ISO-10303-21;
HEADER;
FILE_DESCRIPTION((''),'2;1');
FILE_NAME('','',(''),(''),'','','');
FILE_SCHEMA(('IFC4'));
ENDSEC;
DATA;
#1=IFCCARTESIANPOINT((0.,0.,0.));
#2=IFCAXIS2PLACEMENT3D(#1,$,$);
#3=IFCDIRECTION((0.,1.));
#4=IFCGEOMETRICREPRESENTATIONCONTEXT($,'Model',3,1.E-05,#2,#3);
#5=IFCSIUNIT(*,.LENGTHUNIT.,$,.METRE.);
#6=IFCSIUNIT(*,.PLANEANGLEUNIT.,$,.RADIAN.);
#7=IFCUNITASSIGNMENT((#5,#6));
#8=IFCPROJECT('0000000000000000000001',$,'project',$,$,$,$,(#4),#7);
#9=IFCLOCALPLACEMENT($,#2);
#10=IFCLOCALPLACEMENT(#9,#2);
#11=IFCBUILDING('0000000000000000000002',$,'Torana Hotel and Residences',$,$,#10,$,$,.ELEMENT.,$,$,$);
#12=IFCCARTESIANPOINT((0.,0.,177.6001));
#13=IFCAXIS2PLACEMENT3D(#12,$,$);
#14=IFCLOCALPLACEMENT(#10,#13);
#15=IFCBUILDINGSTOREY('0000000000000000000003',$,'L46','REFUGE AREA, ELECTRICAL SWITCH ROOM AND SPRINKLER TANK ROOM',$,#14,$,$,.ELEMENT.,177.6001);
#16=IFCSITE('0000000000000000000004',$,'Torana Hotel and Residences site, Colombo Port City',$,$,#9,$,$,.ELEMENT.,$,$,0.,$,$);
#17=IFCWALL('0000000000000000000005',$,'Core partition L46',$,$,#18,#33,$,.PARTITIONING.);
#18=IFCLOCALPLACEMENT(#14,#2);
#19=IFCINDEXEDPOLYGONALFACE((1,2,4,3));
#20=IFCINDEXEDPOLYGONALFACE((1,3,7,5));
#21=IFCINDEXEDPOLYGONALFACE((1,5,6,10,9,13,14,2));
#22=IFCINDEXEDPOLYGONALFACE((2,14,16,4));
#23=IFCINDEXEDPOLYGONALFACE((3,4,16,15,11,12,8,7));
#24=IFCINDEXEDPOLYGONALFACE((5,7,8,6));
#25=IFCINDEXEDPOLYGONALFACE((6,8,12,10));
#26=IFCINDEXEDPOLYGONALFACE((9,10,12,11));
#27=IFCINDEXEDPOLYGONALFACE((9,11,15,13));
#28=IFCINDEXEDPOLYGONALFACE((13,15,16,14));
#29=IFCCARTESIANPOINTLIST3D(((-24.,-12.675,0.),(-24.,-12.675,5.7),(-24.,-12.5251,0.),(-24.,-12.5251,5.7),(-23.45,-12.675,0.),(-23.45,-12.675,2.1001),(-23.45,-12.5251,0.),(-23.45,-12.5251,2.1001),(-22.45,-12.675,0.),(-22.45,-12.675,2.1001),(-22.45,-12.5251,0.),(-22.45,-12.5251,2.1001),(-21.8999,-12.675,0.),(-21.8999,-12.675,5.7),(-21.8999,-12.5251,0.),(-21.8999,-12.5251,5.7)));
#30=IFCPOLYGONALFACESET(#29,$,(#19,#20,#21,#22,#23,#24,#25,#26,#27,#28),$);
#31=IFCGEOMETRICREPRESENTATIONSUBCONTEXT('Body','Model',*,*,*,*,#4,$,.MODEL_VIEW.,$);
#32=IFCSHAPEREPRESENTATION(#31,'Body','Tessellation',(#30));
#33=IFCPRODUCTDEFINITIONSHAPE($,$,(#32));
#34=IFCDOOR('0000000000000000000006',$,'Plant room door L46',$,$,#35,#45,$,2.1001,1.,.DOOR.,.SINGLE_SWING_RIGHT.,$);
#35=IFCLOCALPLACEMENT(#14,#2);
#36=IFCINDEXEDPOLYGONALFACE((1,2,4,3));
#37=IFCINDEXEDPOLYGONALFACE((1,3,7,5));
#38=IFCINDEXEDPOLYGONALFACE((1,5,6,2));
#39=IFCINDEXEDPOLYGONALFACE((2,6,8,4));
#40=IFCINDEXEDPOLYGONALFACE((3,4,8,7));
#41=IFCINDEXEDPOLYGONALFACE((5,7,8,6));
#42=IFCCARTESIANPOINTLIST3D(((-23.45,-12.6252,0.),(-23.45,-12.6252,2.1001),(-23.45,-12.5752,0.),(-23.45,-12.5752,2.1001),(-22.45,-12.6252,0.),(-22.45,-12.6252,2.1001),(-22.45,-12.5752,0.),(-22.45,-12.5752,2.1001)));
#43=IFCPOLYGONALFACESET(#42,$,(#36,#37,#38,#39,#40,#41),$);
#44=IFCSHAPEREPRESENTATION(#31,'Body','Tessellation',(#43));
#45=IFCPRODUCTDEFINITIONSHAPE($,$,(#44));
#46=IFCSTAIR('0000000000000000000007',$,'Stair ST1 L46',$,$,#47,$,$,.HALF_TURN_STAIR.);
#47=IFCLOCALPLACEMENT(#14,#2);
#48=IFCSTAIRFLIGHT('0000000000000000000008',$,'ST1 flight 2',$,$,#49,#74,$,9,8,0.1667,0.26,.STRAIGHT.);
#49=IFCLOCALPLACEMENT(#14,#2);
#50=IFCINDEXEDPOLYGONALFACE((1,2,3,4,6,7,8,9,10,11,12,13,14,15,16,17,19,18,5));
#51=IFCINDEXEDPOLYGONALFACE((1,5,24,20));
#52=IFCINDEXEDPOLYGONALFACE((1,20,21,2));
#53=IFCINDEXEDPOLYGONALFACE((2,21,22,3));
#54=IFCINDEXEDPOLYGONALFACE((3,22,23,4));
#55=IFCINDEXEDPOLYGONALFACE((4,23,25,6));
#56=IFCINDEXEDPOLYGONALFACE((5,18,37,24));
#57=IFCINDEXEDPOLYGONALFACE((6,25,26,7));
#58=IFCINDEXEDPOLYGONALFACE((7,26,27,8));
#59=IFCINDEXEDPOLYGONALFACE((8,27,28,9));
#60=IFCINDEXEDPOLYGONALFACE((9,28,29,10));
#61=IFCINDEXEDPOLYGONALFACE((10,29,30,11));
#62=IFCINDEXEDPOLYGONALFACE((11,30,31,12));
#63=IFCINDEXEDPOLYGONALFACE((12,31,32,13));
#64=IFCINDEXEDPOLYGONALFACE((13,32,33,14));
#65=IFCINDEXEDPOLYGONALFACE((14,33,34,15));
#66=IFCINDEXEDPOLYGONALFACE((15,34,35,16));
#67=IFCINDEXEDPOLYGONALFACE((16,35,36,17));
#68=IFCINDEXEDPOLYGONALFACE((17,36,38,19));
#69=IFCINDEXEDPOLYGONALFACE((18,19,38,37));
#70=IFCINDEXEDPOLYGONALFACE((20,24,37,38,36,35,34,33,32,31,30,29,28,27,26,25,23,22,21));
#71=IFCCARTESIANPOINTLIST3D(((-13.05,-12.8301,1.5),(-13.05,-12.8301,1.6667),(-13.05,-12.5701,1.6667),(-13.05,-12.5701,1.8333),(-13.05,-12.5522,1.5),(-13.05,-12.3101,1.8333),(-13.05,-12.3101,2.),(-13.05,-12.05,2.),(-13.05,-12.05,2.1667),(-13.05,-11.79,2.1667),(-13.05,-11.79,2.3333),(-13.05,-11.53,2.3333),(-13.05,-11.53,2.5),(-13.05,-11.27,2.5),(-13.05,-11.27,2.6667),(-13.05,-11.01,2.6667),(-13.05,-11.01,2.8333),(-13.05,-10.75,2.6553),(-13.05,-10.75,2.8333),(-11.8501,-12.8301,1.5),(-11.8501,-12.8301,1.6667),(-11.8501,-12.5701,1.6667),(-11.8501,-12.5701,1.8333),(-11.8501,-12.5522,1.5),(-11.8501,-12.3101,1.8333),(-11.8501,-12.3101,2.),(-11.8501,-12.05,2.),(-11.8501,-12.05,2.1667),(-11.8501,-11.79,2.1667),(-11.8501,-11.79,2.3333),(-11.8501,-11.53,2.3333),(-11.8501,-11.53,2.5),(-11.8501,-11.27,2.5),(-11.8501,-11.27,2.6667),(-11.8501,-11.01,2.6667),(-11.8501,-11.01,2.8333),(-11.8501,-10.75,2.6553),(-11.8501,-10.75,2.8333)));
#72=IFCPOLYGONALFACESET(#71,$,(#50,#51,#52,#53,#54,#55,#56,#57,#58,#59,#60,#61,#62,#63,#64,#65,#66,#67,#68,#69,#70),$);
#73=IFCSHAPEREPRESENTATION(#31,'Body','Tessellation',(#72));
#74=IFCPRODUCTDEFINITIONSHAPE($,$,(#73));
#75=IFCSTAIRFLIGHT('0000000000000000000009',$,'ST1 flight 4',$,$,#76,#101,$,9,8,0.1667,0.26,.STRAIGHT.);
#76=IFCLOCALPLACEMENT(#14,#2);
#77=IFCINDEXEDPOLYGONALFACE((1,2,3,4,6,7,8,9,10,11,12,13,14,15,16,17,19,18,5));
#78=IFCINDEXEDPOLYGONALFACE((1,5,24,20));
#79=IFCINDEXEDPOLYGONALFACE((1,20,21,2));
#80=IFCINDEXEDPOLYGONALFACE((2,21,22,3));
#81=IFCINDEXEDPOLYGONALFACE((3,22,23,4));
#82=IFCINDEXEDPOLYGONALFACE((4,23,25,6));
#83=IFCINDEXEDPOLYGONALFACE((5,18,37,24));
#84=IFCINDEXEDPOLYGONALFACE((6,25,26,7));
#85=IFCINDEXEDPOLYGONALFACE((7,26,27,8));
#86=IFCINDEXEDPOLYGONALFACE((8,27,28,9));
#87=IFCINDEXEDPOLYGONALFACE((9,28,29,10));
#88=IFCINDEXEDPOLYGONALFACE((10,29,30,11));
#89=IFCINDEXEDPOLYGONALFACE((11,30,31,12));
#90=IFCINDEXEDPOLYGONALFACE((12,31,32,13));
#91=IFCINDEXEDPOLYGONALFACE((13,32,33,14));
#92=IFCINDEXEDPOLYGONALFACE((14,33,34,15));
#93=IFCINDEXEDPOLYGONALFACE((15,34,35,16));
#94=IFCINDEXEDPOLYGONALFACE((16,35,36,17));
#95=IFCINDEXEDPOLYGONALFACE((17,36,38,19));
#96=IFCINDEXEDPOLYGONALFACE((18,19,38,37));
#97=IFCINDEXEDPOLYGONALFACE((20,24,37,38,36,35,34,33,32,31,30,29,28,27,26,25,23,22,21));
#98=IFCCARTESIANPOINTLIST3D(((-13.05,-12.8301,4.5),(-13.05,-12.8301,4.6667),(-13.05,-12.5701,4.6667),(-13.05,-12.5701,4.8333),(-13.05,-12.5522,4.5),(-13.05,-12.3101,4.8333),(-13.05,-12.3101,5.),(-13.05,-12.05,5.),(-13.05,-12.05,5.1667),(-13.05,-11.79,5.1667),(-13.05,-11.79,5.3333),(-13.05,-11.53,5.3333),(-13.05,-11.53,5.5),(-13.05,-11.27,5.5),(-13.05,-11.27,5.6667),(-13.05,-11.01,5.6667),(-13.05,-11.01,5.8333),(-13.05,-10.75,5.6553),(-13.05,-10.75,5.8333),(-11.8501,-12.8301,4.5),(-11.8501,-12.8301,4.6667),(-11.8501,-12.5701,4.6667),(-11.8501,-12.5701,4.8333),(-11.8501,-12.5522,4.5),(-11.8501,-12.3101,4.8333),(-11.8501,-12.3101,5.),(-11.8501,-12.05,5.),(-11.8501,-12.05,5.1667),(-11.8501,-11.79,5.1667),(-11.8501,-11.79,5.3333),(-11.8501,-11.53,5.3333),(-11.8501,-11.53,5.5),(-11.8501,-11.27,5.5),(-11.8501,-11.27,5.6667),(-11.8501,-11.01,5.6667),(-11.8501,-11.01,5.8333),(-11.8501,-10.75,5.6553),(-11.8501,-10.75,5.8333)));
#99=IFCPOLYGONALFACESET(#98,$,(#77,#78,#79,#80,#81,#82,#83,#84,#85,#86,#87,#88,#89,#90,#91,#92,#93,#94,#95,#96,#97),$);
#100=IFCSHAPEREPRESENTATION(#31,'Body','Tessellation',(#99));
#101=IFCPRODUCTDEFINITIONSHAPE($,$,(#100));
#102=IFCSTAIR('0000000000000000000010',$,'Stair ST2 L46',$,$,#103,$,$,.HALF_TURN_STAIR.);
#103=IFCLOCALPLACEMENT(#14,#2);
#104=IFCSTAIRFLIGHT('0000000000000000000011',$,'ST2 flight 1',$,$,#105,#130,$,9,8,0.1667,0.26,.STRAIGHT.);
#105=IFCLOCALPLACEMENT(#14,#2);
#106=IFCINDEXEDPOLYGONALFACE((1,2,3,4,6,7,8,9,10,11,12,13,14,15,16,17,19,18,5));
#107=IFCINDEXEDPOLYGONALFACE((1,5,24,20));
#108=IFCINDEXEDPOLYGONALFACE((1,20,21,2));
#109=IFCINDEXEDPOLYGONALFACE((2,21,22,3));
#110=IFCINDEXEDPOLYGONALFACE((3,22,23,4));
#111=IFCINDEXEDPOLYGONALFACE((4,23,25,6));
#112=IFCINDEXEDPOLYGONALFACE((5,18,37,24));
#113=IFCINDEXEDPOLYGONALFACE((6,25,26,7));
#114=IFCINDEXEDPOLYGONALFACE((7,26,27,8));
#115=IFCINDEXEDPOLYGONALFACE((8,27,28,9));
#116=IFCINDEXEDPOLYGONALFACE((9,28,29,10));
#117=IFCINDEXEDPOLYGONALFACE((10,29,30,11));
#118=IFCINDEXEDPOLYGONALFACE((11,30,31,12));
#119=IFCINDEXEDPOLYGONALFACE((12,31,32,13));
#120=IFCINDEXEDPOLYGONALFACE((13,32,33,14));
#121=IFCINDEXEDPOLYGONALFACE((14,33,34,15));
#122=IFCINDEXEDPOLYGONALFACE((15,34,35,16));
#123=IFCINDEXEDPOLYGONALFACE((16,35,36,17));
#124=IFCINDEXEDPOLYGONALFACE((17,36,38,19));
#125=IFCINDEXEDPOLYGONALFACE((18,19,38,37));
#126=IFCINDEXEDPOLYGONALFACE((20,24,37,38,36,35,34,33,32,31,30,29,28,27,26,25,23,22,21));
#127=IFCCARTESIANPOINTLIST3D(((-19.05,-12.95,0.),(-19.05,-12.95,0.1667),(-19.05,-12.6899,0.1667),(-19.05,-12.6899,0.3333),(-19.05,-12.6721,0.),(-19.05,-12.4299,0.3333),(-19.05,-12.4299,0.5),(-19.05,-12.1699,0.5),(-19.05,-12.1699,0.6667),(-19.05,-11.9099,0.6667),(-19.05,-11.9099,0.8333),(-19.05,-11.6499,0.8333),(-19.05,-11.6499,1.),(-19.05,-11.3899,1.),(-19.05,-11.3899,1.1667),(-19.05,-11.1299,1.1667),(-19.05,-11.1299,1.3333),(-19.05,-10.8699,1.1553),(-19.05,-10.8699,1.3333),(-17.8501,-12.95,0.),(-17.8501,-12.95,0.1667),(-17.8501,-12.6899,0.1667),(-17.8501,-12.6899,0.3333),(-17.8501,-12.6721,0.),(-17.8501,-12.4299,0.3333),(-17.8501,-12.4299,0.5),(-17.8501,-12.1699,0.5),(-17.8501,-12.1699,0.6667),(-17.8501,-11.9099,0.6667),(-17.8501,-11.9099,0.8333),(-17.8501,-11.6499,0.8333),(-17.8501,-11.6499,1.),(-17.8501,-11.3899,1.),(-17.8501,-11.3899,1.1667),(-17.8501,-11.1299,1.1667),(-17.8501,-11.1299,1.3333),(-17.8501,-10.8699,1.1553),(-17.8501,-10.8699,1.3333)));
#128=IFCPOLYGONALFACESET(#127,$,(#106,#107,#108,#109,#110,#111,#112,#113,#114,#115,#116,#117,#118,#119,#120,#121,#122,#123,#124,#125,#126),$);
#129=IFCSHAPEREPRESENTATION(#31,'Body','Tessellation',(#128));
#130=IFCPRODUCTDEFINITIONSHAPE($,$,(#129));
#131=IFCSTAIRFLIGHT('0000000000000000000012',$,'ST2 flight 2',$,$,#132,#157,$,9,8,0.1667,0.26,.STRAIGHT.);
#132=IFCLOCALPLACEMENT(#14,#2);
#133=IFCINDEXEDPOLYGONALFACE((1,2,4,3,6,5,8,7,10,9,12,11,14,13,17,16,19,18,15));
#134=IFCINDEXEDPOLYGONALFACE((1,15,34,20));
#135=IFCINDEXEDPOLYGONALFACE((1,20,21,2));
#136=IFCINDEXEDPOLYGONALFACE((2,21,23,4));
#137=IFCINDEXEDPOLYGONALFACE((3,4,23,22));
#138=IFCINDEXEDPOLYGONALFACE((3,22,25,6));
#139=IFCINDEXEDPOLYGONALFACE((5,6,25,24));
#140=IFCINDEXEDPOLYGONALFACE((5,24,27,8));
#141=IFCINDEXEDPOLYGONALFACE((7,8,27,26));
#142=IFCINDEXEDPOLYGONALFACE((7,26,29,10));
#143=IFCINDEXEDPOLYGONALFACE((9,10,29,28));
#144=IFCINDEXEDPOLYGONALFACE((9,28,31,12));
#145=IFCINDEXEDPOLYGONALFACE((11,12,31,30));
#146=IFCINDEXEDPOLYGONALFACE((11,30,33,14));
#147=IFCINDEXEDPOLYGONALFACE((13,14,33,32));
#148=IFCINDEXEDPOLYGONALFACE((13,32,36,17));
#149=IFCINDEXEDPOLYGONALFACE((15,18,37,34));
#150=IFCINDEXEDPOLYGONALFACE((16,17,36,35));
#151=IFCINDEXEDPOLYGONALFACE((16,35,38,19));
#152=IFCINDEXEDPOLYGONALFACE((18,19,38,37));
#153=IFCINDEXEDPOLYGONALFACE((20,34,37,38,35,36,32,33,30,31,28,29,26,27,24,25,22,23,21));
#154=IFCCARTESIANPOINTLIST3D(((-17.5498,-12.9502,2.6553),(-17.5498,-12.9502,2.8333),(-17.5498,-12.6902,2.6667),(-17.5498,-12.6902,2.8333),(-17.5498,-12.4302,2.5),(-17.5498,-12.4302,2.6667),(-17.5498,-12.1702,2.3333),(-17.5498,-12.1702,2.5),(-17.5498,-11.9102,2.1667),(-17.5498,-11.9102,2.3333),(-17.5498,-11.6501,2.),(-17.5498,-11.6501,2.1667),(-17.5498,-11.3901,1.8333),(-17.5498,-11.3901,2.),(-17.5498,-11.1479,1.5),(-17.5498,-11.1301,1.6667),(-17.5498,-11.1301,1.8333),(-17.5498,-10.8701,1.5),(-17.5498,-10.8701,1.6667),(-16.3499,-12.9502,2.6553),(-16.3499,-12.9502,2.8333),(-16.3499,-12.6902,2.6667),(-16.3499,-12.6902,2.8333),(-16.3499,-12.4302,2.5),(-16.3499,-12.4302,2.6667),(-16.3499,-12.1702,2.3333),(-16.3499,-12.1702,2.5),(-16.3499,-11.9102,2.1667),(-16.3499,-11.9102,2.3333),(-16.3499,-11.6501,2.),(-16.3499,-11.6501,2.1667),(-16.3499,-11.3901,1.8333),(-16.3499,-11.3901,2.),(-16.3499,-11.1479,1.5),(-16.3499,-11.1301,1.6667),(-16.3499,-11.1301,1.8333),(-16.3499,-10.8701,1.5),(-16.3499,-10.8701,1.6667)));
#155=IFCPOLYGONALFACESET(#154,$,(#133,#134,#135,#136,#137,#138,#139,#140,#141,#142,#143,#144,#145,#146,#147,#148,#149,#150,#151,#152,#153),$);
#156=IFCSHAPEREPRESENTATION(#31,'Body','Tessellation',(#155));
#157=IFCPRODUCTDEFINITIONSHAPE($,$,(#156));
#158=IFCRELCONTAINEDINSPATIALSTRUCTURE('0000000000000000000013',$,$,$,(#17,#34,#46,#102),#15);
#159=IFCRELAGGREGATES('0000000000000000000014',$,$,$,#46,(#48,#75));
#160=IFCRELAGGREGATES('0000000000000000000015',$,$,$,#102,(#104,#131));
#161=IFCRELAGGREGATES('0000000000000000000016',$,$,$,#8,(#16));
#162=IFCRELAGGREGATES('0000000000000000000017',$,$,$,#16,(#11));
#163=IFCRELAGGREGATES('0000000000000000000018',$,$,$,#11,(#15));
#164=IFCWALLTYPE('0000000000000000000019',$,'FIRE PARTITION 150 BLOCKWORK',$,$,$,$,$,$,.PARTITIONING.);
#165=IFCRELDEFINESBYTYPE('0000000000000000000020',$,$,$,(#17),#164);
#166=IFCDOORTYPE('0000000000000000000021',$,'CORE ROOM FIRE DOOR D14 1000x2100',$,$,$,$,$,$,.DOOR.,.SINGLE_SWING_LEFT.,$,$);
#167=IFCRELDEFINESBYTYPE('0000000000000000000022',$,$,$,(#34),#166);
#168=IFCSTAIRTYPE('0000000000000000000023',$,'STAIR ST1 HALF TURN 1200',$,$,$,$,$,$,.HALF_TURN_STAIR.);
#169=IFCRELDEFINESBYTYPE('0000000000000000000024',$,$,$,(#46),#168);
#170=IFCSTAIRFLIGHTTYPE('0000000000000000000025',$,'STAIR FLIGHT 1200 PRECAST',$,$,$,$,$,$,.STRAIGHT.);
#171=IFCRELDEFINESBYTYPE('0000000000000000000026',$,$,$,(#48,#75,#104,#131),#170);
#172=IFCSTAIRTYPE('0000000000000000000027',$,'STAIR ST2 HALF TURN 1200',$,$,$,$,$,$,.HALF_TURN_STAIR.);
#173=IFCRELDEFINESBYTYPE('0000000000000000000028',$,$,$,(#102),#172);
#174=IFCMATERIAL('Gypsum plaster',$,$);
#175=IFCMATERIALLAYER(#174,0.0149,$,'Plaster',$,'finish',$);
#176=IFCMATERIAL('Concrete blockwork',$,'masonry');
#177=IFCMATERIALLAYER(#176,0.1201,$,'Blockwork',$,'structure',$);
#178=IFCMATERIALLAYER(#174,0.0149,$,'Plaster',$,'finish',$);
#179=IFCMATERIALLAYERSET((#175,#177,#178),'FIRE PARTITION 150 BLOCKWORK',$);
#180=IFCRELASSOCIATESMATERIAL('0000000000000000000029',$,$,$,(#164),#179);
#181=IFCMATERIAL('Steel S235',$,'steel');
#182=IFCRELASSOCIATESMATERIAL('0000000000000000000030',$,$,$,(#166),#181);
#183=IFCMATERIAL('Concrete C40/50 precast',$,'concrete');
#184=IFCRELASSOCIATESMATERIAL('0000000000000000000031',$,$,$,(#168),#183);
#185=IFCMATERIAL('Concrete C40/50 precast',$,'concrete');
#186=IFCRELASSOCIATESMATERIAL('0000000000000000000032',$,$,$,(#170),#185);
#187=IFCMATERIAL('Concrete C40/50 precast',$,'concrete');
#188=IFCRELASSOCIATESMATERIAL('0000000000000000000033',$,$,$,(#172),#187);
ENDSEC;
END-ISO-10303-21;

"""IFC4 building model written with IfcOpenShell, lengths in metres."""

from ifc_helpers import new_model, si_unit, direction, frame, frame_2d, origin, place, context, subcontext, project, spatial, polyline, rectangle, outline, extrude, material, layer, layer_set, type_object, element, fill, aggregate, save


model = new_model("IFC4")

# Units and contexts
model_context = context("Model", 3, precision=1e-05, world=origin(), true_north=direction((0.0, 1.0)))
body_context = subcontext(model_context, "Body", "Model", "MODEL_VIEW")
ifc_project = project(units=[si_unit("LENGTHUNIT", "METRE"), si_unit("PLANEANGLEUNIT", "RADIAN")], contexts=[model_context])

# Site, building, storey
site_placement = place(None, origin())
site = spatial("IfcSite", under=ifc_project, at=site_placement, Name="Torana Hotel and Residences site, Colombo Port City", CompositionType="ELEMENT", RefElevation=0.0)
building_placement = place(site_placement, origin())
building = spatial("IfcBuilding", under=site, at=building_placement, Name="Torana Hotel and Residences", CompositionType="ELEMENT")
storey_placement = place(building_placement, frame((0.0, 0.0, 177.6001)))
storey = spatial("IfcBuildingStorey", under=building, at=storey_placement, Name="L46", Description="REFUGE AREA, ELECTRICAL SWITCH ROOM AND SPRINKLER TANK ROOM", CompositionType="ELEMENT", Elevation=177.6001)

# Wall, opening, door
ifc_material_1 = material(Name="Gypsum plaster")
ifc_layer_1 = layer(ifc_material_1, 0.0149, Name="Plaster", Category="finish")
ifc_material_2 = material(Name="Concrete blockwork", Category="masonry")
ifc_layer_2 = layer(ifc_material_2, 0.1201, Name="Blockwork", Category="structure")
ifc_layer_3 = layer(ifc_material_1, 0.0149, Name="Plaster", Category="finish")
ifc_layer_set_1 = layer_set([ifc_layer_1, ifc_layer_2, ifc_layer_3], Name="FIRE PARTITION 150 BLOCKWORK")
wall_type_1 = type_object("IfcWallType", Name="FIRE PARTITION 150 BLOCKWORK", PredefinedType="PARTITIONING", material=ifc_layer_set_1)
wall_1_placement = place(storey_placement, frame((-24.0, -12.6001, 0.0), z_axis=(0.0, 0.0, 1.0), x_axis=(1.0, 0.0, 0.0)))
wall_1 = element("IfcWall", 1, at=wall_1_placement, inside=storey, type_object=wall_type_1, Name="Core partition L46", PredefinedType="PARTITIONING", context=body_context, shape_type="SweptSolid", body=[
    extrude(rectangle(XDim=2.1001, YDim=0.1499, at=frame_2d((1.05, 0.0))), origin(), (0.0, 0.0, 1.0), 5.7),
])
opening_1_placement = place(wall_1_placement, frame((0.55, 0.0, 0.0)))
opening_1 = element("IfcOpeningElement", 2, at=opening_1_placement, cuts=wall_1, PredefinedType="OPENING", context=body_context, shape_type="SweptSolid", body=[
    extrude(rectangle(XDim=1.0, YDim=2.1001, at=frame_2d((0.5, 1.05))), frame((0.0, 0.085, 0.0), z_axis=(0.0, -1.0, 0.0), x_axis=(1.0, 0.0, 0.0)), (0.0, 0.0, 1.0), 0.1699),
])
ifc_material_3 = material(Name="Steel S235", Category="steel")
door_type_1 = type_object("IfcDoorType", Name="CORE ROOM FIRE DOOR D14 1000x2100", OperationType="SINGLE_SWING_LEFT", PredefinedType="DOOR", material=ifc_material_3)
door_1_placement = place(opening_1_placement, origin())
door_1 = element("IfcDoor", 3, at=door_1_placement, inside=storey, type_object=door_type_1, Name="Plant room door L46", OperationType="SINGLE_SWING_RIGHT", OverallHeight=2.1001, OverallWidth=1.0, PredefinedType="DOOR", context=body_context, shape_type="SweptSolid", body=[
    extrude(rectangle(XDim=1.0, YDim=2.1001, at=frame_2d((0.5, 1.05))), frame((0.0, 0.0249, 0.0), z_axis=(0.0, -1.0, 0.0), x_axis=(1.0, 0.0, 0.0)), (0.0, 0.0, 1.0), 0.05),
])
fill(opening_1, door_1)

# Stairs, stair flights
ifc_material_4 = material(Name="Concrete C40/50 precast", Category="concrete")
stair_type_1 = type_object("IfcStairType", Name="STAIR ST1 HALF TURN 1200", PredefinedType="HALF_TURN_STAIR", material=ifc_material_4)
stair_1_placement = place(storey_placement, origin())
stair_1 = element("IfcStair", 4, at=stair_1_placement, inside=storey, type_object=stair_type_1, Name="Stair ST1 L46", PredefinedType="HALF_TURN_STAIR")
ifc_material_5 = material(Name="Concrete C40/50 precast", Category="concrete")
stair_flight_type = type_object("IfcStairFlightType", Name="STAIR FLIGHT 1200 PRECAST", PredefinedType="STRAIGHT", material=ifc_material_5)
stair_flight_1_placement = place(storey_placement, frame((-12.45, -12.8301, 1.5), z_axis=(0.0, 0.0, 1.0), x_axis=(0.0, 1.0, 0.0)))
stair_flight_1 = element("IfcStairFlight", 5, at=stair_flight_1_placement, type_object=stair_flight_type, Name="ST1 flight 2", NumberOfRisers=9, NumberOfTreads=8, PredefinedType="STRAIGHT", RiserHeight=0.1667, TreadLength=0.26, context=body_context, shape_type="SweptSolid", body=[
    extrude(outline(polyline([(0.0, 0.0), (0.0, 0.1667), (0.26, 0.1667), (0.26, 0.3333), (0.52, 0.3333), (0.52, 0.5), (0.78, 0.5), (0.78, 0.6667), (1.04, 0.6667), (1.04, 0.8333), (1.3, 0.8333), (1.3, 1.0), (1.5601, 1.0), (1.5601, 1.1667), (1.8201, 1.1667), (1.8201, 1.3333), (2.0801, 1.3333), (2.0801, 1.5), (2.0801, 1.1553), (0.2778, 0.0), (0.0, 0.0)])), frame((0.0, 0.6001, 0.0), z_axis=(0.0, -1.0, 0.0), x_axis=(1.0, 0.0, 0.0)), (0.0, 0.0, 1.0), 1.2),
])
stair_flight_2_placement = place(storey_placement, frame((-12.45, -12.8301, 4.5), z_axis=(0.0, 0.0, 1.0), x_axis=(0.0, 1.0, 0.0)))
stair_flight_2 = element("IfcStairFlight", 6, at=stair_flight_2_placement, type_object=stair_flight_type, Name="ST1 flight 4", NumberOfRisers=9, NumberOfTreads=8, PredefinedType="STRAIGHT", RiserHeight=0.1667, TreadLength=0.26, context=body_context, shape_type="SweptSolid", body=[
    extrude(outline(polyline([(0.0, 0.0), (0.0, 0.1667), (0.26, 0.1667), (0.26, 0.3333), (0.52, 0.3333), (0.52, 0.5), (0.78, 0.5), (0.78, 0.6667), (1.04, 0.6667), (1.04, 0.8333), (1.3, 0.8333), (1.3, 1.0), (1.5601, 1.0), (1.5601, 1.1667), (1.8201, 1.1667), (1.8201, 1.3333), (2.0801, 1.3333), (2.0801, 1.5), (2.0801, 1.1553), (0.2778, 0.0), (0.0, 0.0)])), frame((0.0, 0.6001, 0.0), z_axis=(0.0, -1.0, 0.0), x_axis=(1.0, 0.0, 0.0)), (0.0, 0.0, 1.0), 1.2),
])
aggregate(stair_1, [stair_flight_1, stair_flight_2])
ifc_material_6 = material(Name="Concrete C40/50 precast", Category="concrete")
stair_type_2 = type_object("IfcStairType", Name="STAIR ST2 HALF TURN 1200", PredefinedType="HALF_TURN_STAIR", material=ifc_material_6)
stair_2_placement = place(storey_placement, origin())
stair_2 = element("IfcStair", 7, at=stair_2_placement, inside=storey, type_object=stair_type_2, Name="Stair ST2 L46", PredefinedType="HALF_TURN_STAIR")
stair_flight_3_placement = place(storey_placement, frame((-18.45, -12.95, 0.0), z_axis=(0.0, 0.0, 1.0), x_axis=(0.0, 1.0, 0.0)))
stair_flight_3 = element("IfcStairFlight", 8, at=stair_flight_3_placement, type_object=stair_flight_type, Name="ST2 flight 1", NumberOfRisers=9, NumberOfTreads=8, PredefinedType="STRAIGHT", RiserHeight=0.1667, TreadLength=0.26, context=body_context, shape_type="SweptSolid", body=[
    extrude(outline(polyline([(0.0, 0.0), (0.0, 0.1667), (0.26, 0.1667), (0.26, 0.3333), (0.52, 0.3333), (0.52, 0.5), (0.78, 0.5), (0.78, 0.6667), (1.04, 0.6667), (1.04, 0.8333), (1.3, 0.8333), (1.3, 1.0), (1.5601, 1.0), (1.5601, 1.1667), (1.8201, 1.1667), (1.8201, 1.3333), (2.0801, 1.3333), (2.0801, 1.5), (2.0801, 1.1553), (0.2778, 0.0), (0.0, 0.0)])), frame((0.0, 0.6001, 0.0), z_axis=(0.0, -1.0, 0.0), x_axis=(1.0, 0.0, 0.0)), (0.0, 0.0, 1.0), 1.2),
])
stair_flight_4_placement = place(storey_placement, frame((-16.95, -10.8701, 1.5), z_axis=(0.0, 0.0, 1.0), x_axis=(0.0, -1.0, 0.0)))
stair_flight_4 = element("IfcStairFlight", 9, at=stair_flight_4_placement, type_object=stair_flight_type, Name="ST2 flight 2", NumberOfRisers=9, NumberOfTreads=8, PredefinedType="STRAIGHT", RiserHeight=0.1667, TreadLength=0.26, context=body_context, shape_type="SweptSolid", body=[
    extrude(outline(polyline([(0.0, 0.0), (0.0, 0.1667), (0.26, 0.1667), (0.26, 0.3333), (0.52, 0.3333), (0.52, 0.5), (0.78, 0.5), (0.78, 0.6667), (1.04, 0.6667), (1.04, 0.8333), (1.3, 0.8333), (1.3, 1.0), (1.5601, 1.0), (1.5601, 1.1667), (1.8201, 1.1667), (1.8201, 1.3333), (2.0801, 1.3333), (2.0801, 1.5), (2.0801, 1.1553), (0.2778, 0.0), (0.0, 0.0)])), frame((0.0, 0.6001, 0.0), z_axis=(0.0, -1.0, 0.0), x_axis=(1.0, 0.0, 0.0)), (0.0, 0.0, 1.0), 1.2),
])
aggregate(stair_2, [stair_flight_3, stair_flight_4])

save(model, "model.ifc")
